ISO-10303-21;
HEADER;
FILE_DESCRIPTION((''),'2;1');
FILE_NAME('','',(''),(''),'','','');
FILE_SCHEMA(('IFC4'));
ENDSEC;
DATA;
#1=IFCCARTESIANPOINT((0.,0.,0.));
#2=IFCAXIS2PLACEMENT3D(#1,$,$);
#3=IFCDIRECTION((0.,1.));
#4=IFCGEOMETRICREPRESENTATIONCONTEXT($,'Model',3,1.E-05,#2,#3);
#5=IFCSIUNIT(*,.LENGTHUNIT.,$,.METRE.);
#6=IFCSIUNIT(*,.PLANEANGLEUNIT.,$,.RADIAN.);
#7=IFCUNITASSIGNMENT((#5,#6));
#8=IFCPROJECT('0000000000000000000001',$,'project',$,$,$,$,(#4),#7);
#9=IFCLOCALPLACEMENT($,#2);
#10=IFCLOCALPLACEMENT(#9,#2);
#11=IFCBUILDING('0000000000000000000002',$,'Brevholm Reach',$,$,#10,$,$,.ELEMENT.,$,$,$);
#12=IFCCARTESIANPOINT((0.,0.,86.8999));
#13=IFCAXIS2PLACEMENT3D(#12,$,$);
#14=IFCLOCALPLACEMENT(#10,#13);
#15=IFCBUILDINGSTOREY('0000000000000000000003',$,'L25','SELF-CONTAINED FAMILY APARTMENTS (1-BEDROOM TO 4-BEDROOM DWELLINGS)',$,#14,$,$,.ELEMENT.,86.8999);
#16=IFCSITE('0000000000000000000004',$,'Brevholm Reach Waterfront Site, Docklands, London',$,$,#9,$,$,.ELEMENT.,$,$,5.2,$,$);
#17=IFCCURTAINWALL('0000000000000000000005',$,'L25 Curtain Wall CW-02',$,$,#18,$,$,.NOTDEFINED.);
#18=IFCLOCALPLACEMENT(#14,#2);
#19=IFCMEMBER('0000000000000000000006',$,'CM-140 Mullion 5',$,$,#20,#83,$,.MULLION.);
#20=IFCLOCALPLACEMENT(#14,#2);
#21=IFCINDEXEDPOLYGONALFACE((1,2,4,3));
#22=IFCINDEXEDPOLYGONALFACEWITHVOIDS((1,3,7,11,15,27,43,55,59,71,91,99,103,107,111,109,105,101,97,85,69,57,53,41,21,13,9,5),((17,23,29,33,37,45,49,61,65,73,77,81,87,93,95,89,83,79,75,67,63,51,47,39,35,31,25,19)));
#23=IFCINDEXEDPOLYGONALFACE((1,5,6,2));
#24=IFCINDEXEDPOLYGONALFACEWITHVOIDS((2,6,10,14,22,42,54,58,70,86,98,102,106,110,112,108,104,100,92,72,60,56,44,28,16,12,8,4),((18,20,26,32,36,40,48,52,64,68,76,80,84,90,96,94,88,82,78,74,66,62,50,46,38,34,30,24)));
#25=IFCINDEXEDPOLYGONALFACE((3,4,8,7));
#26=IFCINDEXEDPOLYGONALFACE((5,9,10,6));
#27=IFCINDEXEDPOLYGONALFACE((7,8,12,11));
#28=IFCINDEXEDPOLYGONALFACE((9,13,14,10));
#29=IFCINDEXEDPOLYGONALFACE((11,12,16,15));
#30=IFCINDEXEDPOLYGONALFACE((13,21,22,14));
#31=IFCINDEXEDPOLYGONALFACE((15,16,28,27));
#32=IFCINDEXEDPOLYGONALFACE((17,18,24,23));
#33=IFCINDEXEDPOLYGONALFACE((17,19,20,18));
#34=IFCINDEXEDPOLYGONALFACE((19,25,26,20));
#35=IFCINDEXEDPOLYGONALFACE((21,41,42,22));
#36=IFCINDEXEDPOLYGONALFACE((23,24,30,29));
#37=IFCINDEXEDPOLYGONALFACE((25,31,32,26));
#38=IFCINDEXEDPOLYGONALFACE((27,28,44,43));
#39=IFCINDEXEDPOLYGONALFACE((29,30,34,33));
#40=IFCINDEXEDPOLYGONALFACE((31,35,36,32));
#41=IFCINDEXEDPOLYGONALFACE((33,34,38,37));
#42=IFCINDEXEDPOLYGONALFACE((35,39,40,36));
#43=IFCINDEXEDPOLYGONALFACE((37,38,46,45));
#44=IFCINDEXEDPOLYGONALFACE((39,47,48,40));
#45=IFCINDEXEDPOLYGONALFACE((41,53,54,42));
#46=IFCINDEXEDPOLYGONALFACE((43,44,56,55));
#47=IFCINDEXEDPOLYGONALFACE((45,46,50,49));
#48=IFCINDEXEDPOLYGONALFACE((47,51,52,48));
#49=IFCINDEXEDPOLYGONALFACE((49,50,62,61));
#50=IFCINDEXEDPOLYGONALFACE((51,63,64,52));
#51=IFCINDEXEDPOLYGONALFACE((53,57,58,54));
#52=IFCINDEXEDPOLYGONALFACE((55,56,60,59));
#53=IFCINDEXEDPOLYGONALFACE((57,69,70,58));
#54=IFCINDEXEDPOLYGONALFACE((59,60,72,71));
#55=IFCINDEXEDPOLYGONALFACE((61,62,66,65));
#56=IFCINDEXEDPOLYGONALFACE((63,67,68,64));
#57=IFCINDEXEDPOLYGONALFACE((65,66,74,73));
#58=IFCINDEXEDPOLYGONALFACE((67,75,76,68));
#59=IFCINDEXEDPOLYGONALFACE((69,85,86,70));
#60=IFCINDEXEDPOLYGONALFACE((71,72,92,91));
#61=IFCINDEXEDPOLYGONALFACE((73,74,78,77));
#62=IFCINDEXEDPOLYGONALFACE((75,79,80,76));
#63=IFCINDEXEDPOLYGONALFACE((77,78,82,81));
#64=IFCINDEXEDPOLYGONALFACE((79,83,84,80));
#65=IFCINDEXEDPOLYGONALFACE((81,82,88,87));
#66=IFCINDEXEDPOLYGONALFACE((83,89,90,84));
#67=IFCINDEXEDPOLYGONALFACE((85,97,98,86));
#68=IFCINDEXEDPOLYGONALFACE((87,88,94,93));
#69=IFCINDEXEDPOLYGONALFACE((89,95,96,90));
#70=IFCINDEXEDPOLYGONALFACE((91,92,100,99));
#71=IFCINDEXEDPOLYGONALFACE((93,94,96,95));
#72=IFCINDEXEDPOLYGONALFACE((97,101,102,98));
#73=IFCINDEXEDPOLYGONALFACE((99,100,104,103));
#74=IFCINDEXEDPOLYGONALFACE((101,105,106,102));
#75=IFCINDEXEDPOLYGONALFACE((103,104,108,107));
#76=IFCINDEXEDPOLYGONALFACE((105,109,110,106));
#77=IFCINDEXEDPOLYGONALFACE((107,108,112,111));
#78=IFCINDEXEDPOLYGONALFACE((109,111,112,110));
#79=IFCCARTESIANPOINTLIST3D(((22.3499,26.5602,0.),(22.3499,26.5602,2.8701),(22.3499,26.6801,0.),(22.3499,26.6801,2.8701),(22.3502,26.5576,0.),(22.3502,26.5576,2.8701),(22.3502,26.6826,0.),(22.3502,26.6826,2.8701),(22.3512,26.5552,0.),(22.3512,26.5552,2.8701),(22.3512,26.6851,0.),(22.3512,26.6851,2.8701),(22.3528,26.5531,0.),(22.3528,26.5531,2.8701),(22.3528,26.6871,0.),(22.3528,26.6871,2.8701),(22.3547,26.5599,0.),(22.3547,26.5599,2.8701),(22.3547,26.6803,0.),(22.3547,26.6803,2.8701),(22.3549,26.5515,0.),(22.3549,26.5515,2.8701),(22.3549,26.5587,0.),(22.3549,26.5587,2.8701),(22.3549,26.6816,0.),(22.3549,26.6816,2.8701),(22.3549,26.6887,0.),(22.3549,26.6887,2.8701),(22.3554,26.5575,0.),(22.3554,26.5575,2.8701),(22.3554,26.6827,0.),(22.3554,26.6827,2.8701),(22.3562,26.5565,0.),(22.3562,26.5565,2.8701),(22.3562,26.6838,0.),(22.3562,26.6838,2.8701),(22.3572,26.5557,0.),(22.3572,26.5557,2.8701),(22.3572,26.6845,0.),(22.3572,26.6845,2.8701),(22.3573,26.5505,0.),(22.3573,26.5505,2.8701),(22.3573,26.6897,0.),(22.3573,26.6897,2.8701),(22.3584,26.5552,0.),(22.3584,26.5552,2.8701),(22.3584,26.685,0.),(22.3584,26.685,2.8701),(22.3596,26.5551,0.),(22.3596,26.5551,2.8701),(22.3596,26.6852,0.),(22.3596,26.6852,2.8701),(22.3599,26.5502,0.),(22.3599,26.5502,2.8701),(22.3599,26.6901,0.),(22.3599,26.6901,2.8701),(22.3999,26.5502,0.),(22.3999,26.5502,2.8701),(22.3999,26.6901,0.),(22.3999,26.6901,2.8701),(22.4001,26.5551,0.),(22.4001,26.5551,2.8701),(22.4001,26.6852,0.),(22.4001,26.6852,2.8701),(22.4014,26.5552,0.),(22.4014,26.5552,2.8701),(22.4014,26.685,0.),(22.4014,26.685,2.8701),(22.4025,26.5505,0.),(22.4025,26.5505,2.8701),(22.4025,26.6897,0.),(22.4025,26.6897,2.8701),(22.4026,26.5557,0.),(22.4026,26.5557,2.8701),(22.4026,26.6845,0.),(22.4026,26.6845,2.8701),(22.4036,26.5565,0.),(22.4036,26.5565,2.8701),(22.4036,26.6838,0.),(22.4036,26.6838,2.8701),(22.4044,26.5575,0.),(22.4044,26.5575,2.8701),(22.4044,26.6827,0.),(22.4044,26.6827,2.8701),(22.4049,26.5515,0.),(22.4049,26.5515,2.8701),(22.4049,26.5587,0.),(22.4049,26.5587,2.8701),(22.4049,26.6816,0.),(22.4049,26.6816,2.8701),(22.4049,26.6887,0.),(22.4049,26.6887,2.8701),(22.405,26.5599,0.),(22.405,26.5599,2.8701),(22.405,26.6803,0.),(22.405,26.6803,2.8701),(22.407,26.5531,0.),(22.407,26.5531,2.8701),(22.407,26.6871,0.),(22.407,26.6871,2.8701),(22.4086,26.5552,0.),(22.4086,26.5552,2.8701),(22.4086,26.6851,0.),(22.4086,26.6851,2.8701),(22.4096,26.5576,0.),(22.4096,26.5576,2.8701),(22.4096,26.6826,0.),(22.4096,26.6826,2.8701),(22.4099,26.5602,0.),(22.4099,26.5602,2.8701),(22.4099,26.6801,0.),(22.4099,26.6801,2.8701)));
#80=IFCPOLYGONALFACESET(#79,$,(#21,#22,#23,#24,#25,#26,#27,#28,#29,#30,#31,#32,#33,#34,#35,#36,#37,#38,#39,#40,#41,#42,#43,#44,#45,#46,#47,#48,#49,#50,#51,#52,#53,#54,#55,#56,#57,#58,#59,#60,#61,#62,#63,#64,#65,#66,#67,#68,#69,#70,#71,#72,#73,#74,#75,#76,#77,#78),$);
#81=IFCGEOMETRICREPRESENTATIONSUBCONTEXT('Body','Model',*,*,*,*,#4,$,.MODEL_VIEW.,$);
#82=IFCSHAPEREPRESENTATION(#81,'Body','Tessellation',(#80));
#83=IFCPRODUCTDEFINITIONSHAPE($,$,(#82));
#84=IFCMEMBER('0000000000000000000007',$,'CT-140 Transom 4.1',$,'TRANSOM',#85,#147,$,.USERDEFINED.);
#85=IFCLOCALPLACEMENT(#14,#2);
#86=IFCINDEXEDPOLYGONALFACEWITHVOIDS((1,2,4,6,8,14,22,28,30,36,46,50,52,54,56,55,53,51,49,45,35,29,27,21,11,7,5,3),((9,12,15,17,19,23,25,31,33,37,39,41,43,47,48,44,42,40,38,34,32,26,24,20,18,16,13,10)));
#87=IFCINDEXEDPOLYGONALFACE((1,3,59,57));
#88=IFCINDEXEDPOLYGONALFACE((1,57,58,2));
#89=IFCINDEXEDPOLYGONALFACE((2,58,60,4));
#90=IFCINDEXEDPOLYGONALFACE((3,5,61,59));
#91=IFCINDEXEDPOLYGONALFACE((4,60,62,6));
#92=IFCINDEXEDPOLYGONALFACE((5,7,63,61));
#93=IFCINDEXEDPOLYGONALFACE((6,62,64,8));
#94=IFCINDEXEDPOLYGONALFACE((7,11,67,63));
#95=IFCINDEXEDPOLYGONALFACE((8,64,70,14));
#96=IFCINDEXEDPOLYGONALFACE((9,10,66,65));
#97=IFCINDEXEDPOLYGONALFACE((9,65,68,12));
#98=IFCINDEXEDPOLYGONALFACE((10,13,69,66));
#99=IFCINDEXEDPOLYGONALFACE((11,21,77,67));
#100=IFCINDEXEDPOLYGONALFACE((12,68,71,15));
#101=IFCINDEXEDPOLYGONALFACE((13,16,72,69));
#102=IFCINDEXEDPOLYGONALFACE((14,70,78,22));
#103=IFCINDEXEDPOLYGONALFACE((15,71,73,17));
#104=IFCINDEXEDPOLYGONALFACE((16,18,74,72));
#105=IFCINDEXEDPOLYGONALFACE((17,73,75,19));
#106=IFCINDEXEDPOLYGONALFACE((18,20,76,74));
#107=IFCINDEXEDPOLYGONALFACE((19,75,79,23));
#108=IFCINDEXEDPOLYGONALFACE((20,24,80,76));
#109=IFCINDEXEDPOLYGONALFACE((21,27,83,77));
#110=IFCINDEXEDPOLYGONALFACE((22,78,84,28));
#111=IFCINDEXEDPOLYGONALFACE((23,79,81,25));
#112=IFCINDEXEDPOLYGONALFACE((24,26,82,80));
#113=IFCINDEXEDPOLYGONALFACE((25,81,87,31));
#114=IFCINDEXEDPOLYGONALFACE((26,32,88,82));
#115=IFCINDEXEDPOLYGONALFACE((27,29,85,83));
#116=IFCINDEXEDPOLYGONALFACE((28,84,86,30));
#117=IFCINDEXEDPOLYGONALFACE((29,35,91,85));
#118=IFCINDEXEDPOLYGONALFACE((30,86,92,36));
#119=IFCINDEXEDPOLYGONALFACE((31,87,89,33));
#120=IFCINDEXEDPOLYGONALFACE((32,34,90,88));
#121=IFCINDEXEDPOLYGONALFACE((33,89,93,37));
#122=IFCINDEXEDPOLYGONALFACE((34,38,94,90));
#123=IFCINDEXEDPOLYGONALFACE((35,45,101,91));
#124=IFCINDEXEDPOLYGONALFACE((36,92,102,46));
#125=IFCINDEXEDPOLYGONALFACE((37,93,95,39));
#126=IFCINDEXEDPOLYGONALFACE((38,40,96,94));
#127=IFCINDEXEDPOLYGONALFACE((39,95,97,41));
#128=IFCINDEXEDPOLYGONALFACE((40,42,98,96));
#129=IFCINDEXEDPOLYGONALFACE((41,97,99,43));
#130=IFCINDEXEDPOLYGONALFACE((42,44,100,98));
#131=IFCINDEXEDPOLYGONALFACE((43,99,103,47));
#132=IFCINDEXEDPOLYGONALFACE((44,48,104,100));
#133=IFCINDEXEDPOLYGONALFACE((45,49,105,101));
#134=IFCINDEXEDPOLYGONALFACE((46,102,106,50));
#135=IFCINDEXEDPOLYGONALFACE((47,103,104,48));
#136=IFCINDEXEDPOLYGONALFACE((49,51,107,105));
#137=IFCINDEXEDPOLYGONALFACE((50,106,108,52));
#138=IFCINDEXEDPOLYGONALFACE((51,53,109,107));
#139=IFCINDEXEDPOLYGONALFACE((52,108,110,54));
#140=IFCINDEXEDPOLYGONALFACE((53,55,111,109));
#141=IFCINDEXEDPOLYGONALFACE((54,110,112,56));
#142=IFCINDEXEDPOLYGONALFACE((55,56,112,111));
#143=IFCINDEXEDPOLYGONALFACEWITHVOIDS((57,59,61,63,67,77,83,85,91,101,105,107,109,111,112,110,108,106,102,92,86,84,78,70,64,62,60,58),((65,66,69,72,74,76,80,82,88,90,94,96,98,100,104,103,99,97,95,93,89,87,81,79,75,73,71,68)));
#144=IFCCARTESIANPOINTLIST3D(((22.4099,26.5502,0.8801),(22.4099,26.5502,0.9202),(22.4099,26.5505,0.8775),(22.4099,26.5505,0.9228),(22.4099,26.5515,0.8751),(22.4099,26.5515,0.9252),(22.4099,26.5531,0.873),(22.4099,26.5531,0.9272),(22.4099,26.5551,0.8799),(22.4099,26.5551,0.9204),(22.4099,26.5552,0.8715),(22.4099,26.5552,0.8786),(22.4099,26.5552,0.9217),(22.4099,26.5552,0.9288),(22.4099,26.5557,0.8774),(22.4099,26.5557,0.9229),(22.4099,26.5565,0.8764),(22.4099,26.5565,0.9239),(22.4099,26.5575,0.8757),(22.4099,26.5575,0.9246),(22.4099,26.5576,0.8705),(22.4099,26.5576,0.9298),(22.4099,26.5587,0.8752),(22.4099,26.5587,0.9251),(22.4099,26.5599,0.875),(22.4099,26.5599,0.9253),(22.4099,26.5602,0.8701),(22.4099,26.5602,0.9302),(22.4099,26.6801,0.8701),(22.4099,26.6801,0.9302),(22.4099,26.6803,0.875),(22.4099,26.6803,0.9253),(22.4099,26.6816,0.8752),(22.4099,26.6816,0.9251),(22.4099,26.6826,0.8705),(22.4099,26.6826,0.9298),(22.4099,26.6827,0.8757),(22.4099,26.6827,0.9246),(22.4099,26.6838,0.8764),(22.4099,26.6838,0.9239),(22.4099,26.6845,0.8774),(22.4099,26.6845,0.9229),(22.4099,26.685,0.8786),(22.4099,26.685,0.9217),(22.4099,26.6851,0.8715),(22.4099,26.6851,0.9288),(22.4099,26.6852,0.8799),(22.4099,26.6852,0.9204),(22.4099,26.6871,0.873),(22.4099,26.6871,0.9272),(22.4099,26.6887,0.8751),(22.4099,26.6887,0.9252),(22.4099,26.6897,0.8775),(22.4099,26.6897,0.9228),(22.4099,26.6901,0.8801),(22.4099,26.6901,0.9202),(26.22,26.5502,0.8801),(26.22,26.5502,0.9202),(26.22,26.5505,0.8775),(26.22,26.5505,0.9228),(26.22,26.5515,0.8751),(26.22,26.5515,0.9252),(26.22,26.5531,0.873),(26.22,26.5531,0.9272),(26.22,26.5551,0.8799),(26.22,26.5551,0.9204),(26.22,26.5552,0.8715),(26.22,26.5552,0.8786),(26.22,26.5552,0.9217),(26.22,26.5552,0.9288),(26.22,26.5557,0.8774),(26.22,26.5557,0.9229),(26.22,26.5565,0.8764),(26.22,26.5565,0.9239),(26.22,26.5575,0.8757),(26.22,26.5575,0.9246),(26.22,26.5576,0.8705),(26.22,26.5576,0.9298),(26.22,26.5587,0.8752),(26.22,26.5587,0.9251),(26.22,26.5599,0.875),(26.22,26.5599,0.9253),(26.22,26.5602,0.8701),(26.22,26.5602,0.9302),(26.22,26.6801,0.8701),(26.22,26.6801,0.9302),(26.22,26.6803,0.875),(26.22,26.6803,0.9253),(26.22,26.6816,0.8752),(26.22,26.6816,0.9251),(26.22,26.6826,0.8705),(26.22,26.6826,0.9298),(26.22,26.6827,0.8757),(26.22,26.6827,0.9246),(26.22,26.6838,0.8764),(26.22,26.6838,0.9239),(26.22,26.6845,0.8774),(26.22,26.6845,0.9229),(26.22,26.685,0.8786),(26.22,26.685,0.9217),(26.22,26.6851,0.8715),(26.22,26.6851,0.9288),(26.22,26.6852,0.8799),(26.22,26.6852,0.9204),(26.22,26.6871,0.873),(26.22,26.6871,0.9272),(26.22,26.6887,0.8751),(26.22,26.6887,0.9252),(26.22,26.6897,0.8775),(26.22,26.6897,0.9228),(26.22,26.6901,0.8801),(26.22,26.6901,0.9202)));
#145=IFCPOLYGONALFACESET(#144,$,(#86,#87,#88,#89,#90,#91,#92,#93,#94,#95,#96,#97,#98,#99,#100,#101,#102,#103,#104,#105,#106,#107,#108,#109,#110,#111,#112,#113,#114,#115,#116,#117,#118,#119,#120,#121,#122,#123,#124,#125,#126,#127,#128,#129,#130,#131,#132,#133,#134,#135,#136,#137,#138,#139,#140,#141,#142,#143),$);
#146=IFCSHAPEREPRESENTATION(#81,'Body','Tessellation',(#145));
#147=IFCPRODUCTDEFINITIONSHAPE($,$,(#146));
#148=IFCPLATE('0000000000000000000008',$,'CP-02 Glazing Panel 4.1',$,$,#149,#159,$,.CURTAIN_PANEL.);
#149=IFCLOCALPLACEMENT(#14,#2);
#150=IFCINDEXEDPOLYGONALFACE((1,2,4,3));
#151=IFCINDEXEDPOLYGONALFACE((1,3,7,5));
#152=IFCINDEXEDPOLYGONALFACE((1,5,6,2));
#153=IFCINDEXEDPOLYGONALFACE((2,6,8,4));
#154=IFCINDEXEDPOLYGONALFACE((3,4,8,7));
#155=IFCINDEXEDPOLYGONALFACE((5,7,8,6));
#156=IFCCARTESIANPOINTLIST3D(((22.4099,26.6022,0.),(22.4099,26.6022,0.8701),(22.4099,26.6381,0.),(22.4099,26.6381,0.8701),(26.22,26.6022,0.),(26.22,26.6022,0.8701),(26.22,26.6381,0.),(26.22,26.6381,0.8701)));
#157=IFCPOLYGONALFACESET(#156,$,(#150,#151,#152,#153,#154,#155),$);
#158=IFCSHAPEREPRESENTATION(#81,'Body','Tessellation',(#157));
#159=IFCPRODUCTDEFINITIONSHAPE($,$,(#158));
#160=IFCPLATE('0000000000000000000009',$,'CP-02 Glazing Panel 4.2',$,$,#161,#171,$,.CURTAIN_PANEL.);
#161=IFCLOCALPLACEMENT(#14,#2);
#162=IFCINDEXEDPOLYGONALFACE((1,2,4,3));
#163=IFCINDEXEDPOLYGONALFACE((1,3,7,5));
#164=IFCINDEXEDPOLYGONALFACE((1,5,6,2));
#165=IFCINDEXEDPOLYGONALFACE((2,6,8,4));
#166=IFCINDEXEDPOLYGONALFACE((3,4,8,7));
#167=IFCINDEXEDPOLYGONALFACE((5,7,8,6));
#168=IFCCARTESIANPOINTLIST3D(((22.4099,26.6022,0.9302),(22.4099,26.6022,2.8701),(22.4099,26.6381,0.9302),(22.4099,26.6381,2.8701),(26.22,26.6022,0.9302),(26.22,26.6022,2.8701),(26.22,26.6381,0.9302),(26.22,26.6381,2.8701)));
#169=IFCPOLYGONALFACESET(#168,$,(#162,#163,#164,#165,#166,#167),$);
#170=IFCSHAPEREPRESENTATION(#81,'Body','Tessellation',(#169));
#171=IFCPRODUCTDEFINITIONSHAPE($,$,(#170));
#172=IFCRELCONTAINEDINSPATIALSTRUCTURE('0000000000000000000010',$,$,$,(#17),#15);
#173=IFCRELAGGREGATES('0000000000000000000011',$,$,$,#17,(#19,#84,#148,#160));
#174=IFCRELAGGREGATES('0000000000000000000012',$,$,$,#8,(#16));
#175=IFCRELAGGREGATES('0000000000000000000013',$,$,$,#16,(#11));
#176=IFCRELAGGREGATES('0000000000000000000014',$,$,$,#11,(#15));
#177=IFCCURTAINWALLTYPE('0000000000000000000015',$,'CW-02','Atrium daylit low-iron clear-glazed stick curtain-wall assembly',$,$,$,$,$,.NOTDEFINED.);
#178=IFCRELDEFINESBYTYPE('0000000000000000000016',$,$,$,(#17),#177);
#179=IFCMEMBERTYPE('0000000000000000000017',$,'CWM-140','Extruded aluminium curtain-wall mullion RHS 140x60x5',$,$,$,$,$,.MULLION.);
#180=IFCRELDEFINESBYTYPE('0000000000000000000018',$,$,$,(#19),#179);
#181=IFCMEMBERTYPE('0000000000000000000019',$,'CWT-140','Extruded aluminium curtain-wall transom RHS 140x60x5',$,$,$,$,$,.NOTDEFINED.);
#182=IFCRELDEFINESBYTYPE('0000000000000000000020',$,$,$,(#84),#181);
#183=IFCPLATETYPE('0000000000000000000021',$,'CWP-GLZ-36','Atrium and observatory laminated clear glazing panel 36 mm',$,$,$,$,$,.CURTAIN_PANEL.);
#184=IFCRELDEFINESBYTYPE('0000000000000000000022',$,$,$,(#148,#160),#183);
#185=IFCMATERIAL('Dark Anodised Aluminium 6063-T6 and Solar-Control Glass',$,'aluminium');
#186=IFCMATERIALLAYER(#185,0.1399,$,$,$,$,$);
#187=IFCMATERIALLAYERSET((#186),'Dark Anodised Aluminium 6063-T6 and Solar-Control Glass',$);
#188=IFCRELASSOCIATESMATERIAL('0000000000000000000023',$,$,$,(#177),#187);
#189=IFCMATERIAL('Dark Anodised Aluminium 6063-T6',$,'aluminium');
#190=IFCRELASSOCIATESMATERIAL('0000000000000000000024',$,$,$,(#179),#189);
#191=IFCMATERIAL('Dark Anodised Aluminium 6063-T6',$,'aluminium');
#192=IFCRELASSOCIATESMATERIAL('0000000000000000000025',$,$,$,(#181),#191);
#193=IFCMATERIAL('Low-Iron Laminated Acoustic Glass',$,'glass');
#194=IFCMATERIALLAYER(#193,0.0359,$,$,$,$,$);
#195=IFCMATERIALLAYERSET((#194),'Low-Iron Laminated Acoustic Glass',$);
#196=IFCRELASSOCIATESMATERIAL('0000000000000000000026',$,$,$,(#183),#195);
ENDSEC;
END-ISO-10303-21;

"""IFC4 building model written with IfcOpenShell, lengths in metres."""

from ifc_helpers import new_model, si_unit, direction, frame, origin, origin_2d, place, context, subcontext, project, spatial, rectangle, hollow_rectangle, extrude, material, layer, layer_set, material_profile, profile_set, type_object, element, aggregate, save


model = new_model("IFC4")

# Units and contexts
model_context = context("Model", 3, precision=1e-05, world=origin(), true_north=direction((0.0, 1.0)))
body_context = subcontext(model_context, "Body", "Model", "MODEL_VIEW")
ifc_project = project(units=[si_unit("LENGTHUNIT", "METRE"), si_unit("PLANEANGLEUNIT", "RADIAN")], contexts=[model_context])

# Site, building, storey
site_placement = place(None, origin())
site = spatial("IfcSite", under=ifc_project, at=site_placement, Name="Brevholm Reach Waterfront Site, Docklands, London", CompositionType="ELEMENT", RefElevation=5.2)
building_placement = place(site_placement, origin())
building = spatial("IfcBuilding", under=site, at=building_placement, Name="Brevholm Reach", CompositionType="ELEMENT")
storey_placement = place(building_placement, frame((0.0, 0.0, 86.8999)))
storey = spatial("IfcBuildingStorey", under=building, at=storey_placement, Name="L25", Description="SELF-CONTAINED FAMILY APARTMENTS (1-BEDROOM TO 4-BEDROOM DWELLINGS)", CompositionType="ELEMENT", Elevation=86.8999)

# Curtain wall, members, plates
ifc_material_1 = material(Name="Dark Anodised Aluminium 6063-T6 and Solar-Control Glass", Category="aluminium")
ifc_layer_1 = layer(ifc_material_1, 0.1399)
ifc_layer_set_1 = layer_set([ifc_layer_1], Name="Dark Anodised Aluminium 6063-T6 and Solar-Control Glass")
curtain_wall_type = type_object("IfcCurtainWallType", Name="CW-02", Description="Atrium daylit low-iron clear-glazed stick curtain-wall assembly", PredefinedType="NOTDEFINED", material=ifc_layer_set_1)
curtain_wall_placement = place(storey_placement, origin())
curtain_wall = element("IfcCurtainWall", 1, at=curtain_wall_placement, inside=storey, type_object=curtain_wall_type, Name="L25 Curtain Wall CW-02", PredefinedType="NOTDEFINED")
ifc_material_2 = material(Name="Dark Anodised Aluminium 6063-T6", Category="aluminium")
ifc_material_profile_1 = material_profile(ifc_material_2, hollow_rectangle(XDim=0.0601, YDim=0.1399, WallThickness=0.0049, InnerFilletRadius=0.0049, OuterFilletRadius=0.01, at=origin_2d()), Name="RHS 140x60x5")
ifc_profile_set_1 = profile_set([ifc_material_profile_1], Name="Dark Anodised Aluminium 6063-T6")
member_type_1 = type_object("IfcMemberType", Name="CWM-140", Description="Extruded aluminium curtain-wall mullion RHS 140x60x5", PredefinedType="MULLION", material=ifc_profile_set_1)
member_1_placement = place(storey_placement, frame((22.3799, 26.6201, 0.0), z_axis=(0.0, 0.0, 1.0), x_axis=(-1.0, 0.0, 0.0)))
member_1 = element("IfcMember", 2, at=member_1_placement, type_object=member_type_1, Name="CM-140 Mullion 5", PredefinedType="MULLION", context=body_context, shape_type="SweptSolid", body=[
    extrude(hollow_rectangle(XDim=0.0601, YDim=0.1399, WallThickness=0.0049, InnerFilletRadius=0.0049, OuterFilletRadius=0.01, at=origin_2d()), origin(), (0.0, 0.0, 1.0), 2.8701),
])
ifc_material_3 = material(Name="Dark Anodised Aluminium 6063-T6", Category="aluminium")
ifc_material_profile_2 = material_profile(ifc_material_3, hollow_rectangle(XDim=0.0601, YDim=0.1399, WallThickness=0.0049, InnerFilletRadius=0.0049, OuterFilletRadius=0.01, at=origin_2d()), Name="RHS 140x60x5")
ifc_profile_set_2 = profile_set([ifc_material_profile_2], Name="Dark Anodised Aluminium 6063-T6")
member_type_2 = type_object("IfcMemberType", Name="CWT-140", Description="Extruded aluminium curtain-wall transom RHS 140x60x5", PredefinedType="NOTDEFINED", material=ifc_profile_set_2)
member_2_placement = place(storey_placement, frame((26.22, 26.6201, 0.9001), z_axis=(-1.0, 0.0, 0.0), x_axis=(0.0, 0.0, 1.0)))
member_2 = element("IfcMember", 3, at=member_2_placement, type_object=member_type_2, Name="CT-140 Transom 4.1", ObjectType="TRANSOM", PredefinedType="USERDEFINED", context=body_context, shape_type="SweptSolid", body=[
    extrude(hollow_rectangle(XDim=0.0601, YDim=0.1399, WallThickness=0.0049, InnerFilletRadius=0.0049, OuterFilletRadius=0.01, at=origin_2d()), origin(), (0.0, 0.0, 1.0), 3.8101),
])
ifc_material_4 = material(Name="Low-Iron Laminated Acoustic Glass", Category="glass")
ifc_layer_2 = layer(ifc_material_4, 0.0359)
ifc_layer_set_2 = layer_set([ifc_layer_2], Name="Low-Iron Laminated Acoustic Glass")
plate_type = type_object("IfcPlateType", Name="CWP-GLZ-36", Description="Atrium and observatory laminated clear glazing panel 36 mm", PredefinedType="CURTAIN_PANEL", material=ifc_layer_set_2)
plate_1_placement = place(storey_placement, frame((24.3149, 26.6201, 0.0), z_axis=(0.0, 0.0, 1.0), x_axis=(-1.0, 0.0, 0.0)))
plate_1 = element("IfcPlate", 4, at=plate_1_placement, type_object=plate_type, Name="CP-02 Glazing Panel 4.1", PredefinedType="CURTAIN_PANEL", context=body_context, shape_type="SweptSolid", body=[
    extrude(rectangle(XDim=3.8101, YDim=0.0359, at=origin_2d()), origin(), (0.0, 0.0, 1.0), 0.8701),
])
plate_2_placement = place(storey_placement, frame((24.3149, 26.6201, 0.9302), z_axis=(0.0, 0.0, 1.0), x_axis=(-1.0, 0.0, 0.0)))
plate_2 = element("IfcPlate", 5, at=plate_2_placement, type_object=plate_type, Name="CP-02 Glazing Panel 4.2", PredefinedType="CURTAIN_PANEL", context=body_context, shape_type="SweptSolid", body=[
    extrude(rectangle(XDim=3.8101, YDim=0.0359, at=origin_2d()), origin(), (0.0, 0.0, 1.0), 1.9399),
])
aggregate(curtain_wall, [member_1, member_2, plate_1, plate_2])

save(model, "model.ifc")
